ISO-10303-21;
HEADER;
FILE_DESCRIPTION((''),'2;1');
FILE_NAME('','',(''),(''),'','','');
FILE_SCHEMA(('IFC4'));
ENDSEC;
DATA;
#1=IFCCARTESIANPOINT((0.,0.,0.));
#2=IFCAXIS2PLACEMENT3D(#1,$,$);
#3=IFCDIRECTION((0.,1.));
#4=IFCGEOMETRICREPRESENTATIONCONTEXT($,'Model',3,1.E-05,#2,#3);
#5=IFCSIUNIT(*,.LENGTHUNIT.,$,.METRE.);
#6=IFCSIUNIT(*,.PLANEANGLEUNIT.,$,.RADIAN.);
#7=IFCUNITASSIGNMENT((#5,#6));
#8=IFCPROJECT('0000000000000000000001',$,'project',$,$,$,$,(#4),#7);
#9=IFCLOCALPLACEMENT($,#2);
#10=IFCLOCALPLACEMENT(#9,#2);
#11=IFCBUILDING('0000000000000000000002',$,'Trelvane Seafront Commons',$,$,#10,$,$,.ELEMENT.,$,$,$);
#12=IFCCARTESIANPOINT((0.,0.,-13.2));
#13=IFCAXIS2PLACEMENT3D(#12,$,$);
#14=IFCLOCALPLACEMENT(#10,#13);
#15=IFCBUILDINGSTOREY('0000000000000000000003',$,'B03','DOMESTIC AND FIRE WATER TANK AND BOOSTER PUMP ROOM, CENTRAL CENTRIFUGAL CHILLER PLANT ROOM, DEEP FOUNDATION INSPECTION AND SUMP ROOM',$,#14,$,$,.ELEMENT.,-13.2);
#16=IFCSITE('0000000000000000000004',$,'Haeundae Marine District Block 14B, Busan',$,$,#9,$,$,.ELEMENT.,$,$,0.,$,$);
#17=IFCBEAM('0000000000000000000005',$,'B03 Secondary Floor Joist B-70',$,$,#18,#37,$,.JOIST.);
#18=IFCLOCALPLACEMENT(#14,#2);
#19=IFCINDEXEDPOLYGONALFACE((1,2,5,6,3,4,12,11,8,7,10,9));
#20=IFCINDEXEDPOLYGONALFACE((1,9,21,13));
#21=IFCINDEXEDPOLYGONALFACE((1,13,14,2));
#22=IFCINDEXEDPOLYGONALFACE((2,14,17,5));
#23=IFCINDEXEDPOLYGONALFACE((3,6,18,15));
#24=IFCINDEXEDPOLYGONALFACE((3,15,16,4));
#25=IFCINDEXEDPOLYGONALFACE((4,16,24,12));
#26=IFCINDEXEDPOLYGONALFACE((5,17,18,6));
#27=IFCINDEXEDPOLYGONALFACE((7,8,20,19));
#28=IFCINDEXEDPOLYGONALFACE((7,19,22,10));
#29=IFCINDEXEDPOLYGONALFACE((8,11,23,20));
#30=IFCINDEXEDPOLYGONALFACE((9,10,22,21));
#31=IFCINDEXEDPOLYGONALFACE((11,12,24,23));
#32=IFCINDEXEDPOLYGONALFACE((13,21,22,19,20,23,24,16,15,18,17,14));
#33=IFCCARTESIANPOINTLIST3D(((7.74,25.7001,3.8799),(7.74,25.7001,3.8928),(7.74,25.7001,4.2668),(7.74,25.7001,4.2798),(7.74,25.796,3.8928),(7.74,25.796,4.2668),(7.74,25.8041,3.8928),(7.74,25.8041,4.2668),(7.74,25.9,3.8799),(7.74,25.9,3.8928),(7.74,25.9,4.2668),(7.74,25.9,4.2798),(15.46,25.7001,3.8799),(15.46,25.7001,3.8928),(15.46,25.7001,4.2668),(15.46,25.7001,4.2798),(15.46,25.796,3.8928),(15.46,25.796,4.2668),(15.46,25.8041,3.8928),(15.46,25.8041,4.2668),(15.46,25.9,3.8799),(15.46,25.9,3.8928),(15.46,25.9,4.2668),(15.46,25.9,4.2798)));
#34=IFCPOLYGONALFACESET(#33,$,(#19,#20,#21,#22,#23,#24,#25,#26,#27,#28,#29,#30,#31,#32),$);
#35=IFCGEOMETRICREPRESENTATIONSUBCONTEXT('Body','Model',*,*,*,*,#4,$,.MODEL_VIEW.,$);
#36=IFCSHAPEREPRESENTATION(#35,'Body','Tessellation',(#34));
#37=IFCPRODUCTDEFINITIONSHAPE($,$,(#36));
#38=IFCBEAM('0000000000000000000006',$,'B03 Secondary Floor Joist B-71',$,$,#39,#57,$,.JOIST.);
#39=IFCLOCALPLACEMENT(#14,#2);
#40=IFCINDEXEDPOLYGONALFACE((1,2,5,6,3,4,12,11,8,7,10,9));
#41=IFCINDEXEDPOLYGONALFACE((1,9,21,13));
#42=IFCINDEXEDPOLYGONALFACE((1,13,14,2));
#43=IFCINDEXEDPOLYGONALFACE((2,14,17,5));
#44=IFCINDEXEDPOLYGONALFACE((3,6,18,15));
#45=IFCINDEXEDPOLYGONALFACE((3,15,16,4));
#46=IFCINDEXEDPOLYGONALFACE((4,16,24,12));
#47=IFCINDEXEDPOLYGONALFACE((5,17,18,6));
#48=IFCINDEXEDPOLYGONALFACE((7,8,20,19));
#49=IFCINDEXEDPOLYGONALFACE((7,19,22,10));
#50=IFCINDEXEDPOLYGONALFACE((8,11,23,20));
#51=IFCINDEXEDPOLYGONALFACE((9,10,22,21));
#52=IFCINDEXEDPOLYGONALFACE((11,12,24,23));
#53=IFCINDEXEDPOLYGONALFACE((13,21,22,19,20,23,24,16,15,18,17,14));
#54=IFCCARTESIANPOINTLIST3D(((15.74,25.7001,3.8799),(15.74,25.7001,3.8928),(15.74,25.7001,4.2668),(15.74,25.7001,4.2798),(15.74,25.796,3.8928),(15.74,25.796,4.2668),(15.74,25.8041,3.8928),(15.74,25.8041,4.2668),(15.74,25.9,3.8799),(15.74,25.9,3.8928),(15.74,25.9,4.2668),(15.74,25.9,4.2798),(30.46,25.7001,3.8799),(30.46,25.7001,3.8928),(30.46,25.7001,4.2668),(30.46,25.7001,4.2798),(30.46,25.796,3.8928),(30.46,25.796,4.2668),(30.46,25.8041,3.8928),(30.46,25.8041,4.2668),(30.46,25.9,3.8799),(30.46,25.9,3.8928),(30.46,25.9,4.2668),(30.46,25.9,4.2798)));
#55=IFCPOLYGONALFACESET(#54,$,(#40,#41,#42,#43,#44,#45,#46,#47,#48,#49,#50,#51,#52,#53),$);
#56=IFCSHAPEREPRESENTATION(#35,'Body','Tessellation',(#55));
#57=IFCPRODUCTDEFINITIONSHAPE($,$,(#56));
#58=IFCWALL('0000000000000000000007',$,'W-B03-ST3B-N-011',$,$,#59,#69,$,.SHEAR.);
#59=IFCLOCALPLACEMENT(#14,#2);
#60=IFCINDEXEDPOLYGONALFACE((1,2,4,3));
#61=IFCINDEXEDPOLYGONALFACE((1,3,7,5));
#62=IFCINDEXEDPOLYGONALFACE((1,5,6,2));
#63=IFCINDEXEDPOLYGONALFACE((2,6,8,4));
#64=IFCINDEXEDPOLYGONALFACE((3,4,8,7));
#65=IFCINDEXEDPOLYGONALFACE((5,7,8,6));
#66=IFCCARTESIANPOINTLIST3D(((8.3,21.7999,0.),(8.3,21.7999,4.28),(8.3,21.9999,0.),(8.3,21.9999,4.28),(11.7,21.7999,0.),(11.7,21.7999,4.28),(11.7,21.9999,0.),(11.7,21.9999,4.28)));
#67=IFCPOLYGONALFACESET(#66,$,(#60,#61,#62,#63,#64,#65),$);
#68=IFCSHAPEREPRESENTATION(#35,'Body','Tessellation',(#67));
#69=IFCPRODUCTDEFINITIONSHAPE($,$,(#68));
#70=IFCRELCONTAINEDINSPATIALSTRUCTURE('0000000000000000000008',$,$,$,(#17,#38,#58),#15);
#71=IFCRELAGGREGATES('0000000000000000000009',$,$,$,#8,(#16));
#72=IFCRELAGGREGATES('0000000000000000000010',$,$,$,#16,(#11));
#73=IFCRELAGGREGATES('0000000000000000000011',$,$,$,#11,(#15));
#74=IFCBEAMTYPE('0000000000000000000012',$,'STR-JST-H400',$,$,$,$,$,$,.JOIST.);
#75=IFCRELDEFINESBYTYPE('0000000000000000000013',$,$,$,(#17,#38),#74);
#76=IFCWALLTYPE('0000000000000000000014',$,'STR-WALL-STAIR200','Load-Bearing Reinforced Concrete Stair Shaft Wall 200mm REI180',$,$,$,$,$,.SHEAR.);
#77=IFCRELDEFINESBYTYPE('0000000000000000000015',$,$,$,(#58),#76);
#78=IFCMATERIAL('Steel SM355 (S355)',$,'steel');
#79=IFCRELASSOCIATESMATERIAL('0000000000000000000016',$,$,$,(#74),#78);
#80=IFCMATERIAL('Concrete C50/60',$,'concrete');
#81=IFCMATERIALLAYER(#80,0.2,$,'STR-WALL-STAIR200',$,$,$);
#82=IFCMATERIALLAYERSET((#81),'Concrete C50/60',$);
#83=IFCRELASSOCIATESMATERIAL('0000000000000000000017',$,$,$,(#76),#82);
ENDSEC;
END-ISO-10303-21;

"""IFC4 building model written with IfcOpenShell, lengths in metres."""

from ifc_helpers import new_model, si_unit, direction, frame, frame_2d, origin, origin_2d, place, context, subcontext, project, spatial, rectangle, i_section, extrude, source, transform, mapped, material, layer, layer_set, material_profile, profile_set, type_object, element, save


model = new_model("IFC4")

# Units and contexts
model_context = context("Model", 3, precision=1e-05, world=origin(), true_north=direction((0.0, 1.0)))
body_context = subcontext(model_context, "Body", "Model", "MODEL_VIEW")
ifc_project = project(units=[si_unit("LENGTHUNIT", "METRE"), si_unit("PLANEANGLEUNIT", "RADIAN")], contexts=[model_context])

# Site, building, storey
site_placement = place(None, origin())
site = spatial("IfcSite", under=ifc_project, at=site_placement, Name="Haeundae Marine District Block 14B, Busan", CompositionType="ELEMENT", RefElevation=0.0)
building_placement = place(site_placement, origin())
building = spatial("IfcBuilding", under=site, at=building_placement, Name="Trelvane Seafront Commons", CompositionType="ELEMENT")
storey_placement = place(building_placement, frame((0.0, 0.0, -13.2)))
storey = spatial("IfcBuildingStorey", under=building, at=storey_placement, Name="B03", Description="DOMESTIC AND FIRE WATER TANK AND BOOSTER PUMP ROOM, CENTRAL CENTRIFUGAL CHILLER PLANT ROOM, DEEP FOUNDATION INSPECTION AND SUMP ROOM", CompositionType="ELEMENT", Elevation=-13.2)

# Shared definitions
ifc_material_1 = material(Name="Concrete C50/60", Category="concrete")

# Beams
ifc_material_2 = material(Name="Steel SM355 (S355)", Category="steel")
ifc_material_profile_1 = material_profile(ifc_material_2, i_section(OverallWidth=0.2, OverallDepth=0.3999, WebThickness=0.0081, FlangeThickness=0.0129, at=origin_2d()), Name="H-400x200x8x13")
ifc_profile_set_1 = profile_set([ifc_material_profile_1], Name="Steel SM355 (S355)")
beam_type_1 = type_object("IfcBeamType", Name="STR-JST-H400", PredefinedType="JOIST", material=ifc_profile_set_1)
shared_shape_1 = source(origin(), body_context, "Body", "SweptSolid", [
    extrude(i_section(OverallWidth=0.2, OverallDepth=0.3999, WebThickness=0.0081, FlangeThickness=0.0129, at=origin_2d()), origin(), (0.0, 0.0, 1.0), 7.72),
])
beam_1_placement = place(storey_placement, frame((7.74, 25.8, 4.0798), z_axis=(1.0, 0.0, 0.0), x_axis=(0.0, 1.0, 0.0)))
element("IfcBeam", 1, at=beam_1_placement, inside=storey, type_object=beam_type_1, Name="B03 Secondary Floor Joist B-70", PredefinedType="JOIST", context=body_context, shape_type="MappedRepresentation", body=[
    mapped(shared_shape_1, transform((0.0, 0.0, 0.0), x_axis=(1.0, 0.0, 0.0), y_axis=(0.0, 1.0, 0.0), z_axis=(0.0, 0.0, 1.0), scale=1.0)),
])
shared_shape_2 = source(origin(), body_context, "Body", "SweptSolid", [
    extrude(i_section(OverallWidth=0.2, OverallDepth=0.3999, WebThickness=0.0081, FlangeThickness=0.0129, at=origin_2d()), origin(), (0.0, 0.0, 1.0), 14.72),
])
beam_2_placement = place(storey_placement, frame((15.74, 25.8, 4.0798), z_axis=(1.0, 0.0, 0.0), x_axis=(0.0, 1.0, 0.0)))
element("IfcBeam", 2, at=beam_2_placement, inside=storey, type_object=beam_type_1, Name="B03 Secondary Floor Joist B-71", PredefinedType="JOIST", context=body_context, shape_type="MappedRepresentation", body=[
    mapped(shared_shape_2, transform((0.0, 0.0, 0.0), x_axis=(1.0, 0.0, 0.0), y_axis=(0.0, 1.0, 0.0), z_axis=(0.0, 0.0, 1.0), scale=1.0)),
])

# Wall
ifc_layer = layer(ifc_material_1, 0.2, Name="STR-WALL-STAIR200")
ifc_layer_set = layer_set([ifc_layer], Name="Concrete C50/60")
wall_type = type_object("IfcWallType", Name="STR-WALL-STAIR200", Description="Load-Bearing Reinforced Concrete Stair Shaft Wall 200mm REI180", PredefinedType="SHEAR", material=ifc_layer_set)
wall_placement = place(storey_placement, frame((8.3, 21.8999, 0.0), z_axis=(0.0, 0.0, 1.0), x_axis=(1.0, 0.0, 0.0)))
element("IfcWall", 3, at=wall_placement, inside=storey, type_object=wall_type, Name="W-B03-ST3B-N-011", PredefinedType="SHEAR", context=body_context, shape_type="SweptSolid", body=[
    extrude(rectangle(XDim=3.3999, YDim=0.2, at=frame_2d((1.7, 0.0))), origin(), (0.0, 0.0, 1.0), 4.28),
])

save(model, "model.ifc")
